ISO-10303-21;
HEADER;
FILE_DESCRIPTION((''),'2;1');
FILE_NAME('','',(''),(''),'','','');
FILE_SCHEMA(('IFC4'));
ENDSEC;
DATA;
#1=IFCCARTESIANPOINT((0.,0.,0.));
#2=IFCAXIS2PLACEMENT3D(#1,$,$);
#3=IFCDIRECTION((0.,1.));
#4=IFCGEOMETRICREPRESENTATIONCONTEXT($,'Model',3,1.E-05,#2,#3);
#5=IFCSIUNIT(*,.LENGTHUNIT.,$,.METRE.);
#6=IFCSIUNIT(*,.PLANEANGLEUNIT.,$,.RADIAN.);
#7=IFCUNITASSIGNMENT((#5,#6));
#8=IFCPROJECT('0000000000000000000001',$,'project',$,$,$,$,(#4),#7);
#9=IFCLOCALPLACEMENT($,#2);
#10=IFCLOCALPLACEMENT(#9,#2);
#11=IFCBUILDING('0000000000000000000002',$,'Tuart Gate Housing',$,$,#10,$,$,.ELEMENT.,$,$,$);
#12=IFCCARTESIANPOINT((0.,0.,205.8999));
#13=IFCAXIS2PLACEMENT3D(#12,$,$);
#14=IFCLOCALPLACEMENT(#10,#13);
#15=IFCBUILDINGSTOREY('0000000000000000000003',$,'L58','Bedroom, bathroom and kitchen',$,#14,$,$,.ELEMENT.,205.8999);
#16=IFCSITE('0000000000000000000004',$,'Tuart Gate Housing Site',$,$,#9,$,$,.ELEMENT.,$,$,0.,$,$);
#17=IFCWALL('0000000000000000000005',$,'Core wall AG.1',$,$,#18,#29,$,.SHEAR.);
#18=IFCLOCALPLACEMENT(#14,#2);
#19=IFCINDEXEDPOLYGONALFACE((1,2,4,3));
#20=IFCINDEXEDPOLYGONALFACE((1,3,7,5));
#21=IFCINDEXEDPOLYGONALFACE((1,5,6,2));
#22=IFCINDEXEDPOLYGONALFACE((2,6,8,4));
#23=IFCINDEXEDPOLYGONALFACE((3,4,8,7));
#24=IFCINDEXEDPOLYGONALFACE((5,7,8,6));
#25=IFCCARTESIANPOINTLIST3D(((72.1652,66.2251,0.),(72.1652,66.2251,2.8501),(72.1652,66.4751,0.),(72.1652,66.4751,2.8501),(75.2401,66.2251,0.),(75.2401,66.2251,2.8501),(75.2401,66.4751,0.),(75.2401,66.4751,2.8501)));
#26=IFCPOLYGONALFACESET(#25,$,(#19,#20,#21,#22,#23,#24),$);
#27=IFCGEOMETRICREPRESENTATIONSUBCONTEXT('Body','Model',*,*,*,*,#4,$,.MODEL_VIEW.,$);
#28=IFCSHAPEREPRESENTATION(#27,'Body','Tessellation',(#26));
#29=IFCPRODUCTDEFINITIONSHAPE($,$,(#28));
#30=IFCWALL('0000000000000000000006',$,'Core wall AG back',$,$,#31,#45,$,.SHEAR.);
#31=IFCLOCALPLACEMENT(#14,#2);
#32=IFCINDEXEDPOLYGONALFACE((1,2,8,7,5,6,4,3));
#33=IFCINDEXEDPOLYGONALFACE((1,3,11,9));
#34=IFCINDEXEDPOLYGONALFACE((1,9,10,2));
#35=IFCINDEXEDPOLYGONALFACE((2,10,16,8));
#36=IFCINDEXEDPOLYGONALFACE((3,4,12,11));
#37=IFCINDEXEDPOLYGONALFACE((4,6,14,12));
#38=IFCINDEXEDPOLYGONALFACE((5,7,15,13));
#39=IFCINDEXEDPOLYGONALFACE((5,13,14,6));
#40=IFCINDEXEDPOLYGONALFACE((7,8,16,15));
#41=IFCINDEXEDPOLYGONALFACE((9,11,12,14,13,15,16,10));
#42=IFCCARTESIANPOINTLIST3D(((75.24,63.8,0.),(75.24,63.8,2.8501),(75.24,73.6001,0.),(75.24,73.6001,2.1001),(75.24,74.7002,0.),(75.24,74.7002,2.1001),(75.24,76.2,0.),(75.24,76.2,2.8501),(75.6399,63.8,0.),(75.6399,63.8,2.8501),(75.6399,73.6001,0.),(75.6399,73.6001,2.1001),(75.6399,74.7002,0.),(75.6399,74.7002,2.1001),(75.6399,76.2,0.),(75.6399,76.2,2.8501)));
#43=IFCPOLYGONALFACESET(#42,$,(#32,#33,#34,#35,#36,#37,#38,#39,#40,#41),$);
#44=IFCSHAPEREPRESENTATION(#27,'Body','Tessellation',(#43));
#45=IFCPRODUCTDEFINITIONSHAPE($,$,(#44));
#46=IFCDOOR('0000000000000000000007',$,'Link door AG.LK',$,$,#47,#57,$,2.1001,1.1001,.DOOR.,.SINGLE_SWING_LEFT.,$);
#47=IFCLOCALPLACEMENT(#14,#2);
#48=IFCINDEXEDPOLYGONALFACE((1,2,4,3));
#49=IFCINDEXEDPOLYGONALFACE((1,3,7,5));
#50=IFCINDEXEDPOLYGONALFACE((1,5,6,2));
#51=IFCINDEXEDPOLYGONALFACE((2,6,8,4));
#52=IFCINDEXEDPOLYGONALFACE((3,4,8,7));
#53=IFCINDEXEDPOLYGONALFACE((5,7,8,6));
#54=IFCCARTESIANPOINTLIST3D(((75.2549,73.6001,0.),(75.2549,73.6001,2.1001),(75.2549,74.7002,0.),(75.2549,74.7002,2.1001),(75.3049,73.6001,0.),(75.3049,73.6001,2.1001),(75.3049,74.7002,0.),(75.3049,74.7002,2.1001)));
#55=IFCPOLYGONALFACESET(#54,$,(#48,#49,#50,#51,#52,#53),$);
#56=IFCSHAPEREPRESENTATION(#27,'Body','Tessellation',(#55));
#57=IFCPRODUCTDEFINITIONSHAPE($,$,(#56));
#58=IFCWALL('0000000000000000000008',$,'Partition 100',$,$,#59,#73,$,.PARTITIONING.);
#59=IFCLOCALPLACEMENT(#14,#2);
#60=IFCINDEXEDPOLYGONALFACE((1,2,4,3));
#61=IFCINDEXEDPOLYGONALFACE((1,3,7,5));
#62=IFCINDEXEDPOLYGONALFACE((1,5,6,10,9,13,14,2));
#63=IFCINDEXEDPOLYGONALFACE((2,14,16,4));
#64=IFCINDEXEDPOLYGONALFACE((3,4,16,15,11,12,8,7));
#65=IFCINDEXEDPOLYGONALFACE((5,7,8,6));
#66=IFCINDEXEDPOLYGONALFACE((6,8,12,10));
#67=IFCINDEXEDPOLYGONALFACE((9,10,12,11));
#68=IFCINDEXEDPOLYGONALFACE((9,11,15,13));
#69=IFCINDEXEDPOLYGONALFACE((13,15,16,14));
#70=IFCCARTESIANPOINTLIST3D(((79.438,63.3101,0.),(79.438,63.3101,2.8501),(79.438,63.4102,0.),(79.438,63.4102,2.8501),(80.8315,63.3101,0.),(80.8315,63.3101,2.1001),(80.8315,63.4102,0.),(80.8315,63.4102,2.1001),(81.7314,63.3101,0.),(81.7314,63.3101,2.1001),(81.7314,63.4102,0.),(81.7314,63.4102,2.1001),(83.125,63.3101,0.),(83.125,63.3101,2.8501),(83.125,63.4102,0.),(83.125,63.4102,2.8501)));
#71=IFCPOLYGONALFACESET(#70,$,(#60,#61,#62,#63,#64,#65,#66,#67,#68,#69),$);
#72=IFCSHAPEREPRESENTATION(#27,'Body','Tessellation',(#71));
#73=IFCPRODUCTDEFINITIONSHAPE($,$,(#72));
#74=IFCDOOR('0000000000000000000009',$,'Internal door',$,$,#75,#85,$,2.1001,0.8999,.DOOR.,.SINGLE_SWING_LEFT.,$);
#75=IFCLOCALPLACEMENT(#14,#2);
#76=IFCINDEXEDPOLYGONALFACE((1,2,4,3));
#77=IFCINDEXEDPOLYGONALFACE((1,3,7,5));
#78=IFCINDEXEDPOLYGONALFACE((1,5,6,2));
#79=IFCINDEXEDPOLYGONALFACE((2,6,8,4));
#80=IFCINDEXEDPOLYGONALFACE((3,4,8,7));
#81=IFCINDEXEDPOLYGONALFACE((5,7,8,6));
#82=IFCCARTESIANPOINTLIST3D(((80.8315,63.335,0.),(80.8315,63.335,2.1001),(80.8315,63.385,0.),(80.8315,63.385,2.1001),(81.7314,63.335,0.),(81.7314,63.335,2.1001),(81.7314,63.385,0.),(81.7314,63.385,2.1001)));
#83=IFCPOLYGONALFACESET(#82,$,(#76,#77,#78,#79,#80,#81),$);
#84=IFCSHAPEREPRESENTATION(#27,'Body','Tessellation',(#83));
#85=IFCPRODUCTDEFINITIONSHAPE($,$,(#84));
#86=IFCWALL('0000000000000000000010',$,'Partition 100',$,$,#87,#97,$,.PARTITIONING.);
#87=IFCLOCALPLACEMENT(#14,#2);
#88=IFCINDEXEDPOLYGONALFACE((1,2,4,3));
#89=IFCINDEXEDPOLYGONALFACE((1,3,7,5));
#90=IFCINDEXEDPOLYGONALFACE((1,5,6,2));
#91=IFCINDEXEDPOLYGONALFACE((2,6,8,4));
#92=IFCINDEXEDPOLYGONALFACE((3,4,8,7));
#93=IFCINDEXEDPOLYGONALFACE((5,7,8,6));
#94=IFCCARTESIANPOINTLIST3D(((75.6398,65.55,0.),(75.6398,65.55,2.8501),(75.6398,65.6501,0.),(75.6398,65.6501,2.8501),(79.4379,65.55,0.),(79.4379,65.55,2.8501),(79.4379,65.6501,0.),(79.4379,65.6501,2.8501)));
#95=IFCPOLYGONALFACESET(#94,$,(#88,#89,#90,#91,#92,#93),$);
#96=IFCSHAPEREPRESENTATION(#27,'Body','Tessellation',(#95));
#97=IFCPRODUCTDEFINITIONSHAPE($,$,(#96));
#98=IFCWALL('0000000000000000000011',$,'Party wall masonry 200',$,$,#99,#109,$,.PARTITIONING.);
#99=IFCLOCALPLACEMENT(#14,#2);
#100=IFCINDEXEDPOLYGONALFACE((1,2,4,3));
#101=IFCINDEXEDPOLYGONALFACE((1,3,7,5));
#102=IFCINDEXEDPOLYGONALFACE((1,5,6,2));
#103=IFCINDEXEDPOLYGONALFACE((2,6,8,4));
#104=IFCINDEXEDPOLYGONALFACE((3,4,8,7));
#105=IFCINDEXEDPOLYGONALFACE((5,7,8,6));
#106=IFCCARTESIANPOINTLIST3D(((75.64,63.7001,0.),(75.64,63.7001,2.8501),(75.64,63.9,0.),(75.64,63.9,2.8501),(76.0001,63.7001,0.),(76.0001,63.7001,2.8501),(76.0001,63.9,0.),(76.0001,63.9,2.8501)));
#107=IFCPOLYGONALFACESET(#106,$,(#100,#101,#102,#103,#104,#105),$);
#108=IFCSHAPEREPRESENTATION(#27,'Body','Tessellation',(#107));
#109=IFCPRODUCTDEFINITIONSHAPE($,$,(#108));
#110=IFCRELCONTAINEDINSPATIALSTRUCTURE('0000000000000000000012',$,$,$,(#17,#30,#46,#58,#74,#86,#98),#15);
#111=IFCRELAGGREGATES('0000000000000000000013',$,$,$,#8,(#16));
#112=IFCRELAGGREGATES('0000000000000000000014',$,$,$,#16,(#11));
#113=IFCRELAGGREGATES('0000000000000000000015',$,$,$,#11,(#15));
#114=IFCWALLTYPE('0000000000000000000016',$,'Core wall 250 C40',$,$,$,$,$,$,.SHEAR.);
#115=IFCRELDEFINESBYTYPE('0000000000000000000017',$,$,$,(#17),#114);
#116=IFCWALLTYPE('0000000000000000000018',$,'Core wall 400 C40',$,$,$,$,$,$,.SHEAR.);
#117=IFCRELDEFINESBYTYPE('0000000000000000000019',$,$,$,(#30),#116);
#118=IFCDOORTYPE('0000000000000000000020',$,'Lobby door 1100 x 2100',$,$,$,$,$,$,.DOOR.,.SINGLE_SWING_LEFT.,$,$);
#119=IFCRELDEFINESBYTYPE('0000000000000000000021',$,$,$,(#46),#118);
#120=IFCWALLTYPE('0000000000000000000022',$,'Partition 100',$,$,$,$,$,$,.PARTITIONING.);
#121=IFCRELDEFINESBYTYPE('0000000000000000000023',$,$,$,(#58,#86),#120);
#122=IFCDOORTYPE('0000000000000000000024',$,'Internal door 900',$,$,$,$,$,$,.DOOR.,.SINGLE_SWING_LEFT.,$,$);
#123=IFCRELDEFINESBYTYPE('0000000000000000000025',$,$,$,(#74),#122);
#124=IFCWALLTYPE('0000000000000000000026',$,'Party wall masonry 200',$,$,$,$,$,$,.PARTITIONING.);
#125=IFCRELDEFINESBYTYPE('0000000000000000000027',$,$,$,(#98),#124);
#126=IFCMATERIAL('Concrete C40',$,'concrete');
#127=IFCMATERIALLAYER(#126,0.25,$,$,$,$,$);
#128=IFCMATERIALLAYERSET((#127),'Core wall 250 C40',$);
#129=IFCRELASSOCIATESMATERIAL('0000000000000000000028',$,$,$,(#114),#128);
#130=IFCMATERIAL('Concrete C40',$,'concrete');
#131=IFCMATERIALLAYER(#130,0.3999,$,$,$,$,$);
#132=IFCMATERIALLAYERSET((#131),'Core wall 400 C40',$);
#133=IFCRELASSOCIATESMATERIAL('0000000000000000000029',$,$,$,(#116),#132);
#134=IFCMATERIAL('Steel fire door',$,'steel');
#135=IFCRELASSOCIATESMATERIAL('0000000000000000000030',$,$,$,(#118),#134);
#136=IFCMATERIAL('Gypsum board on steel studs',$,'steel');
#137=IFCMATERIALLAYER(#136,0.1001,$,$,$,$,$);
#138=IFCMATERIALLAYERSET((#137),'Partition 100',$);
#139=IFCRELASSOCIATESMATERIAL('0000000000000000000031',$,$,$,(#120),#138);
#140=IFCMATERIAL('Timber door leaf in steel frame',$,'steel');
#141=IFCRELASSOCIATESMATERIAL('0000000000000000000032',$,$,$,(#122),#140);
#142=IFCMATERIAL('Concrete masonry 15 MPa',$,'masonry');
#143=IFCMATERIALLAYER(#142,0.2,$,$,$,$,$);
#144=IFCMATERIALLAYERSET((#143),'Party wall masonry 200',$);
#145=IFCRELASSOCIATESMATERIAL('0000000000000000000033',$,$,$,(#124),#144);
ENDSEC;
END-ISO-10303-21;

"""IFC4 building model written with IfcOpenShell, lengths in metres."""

from ifc_helpers import new_model, si_unit, direction, frame, frame_2d, origin, place, context, subcontext, project, spatial, rectangle, extrude, material, layer, layer_set, type_object, element, fill, save


model = new_model("IFC4")

# Units and contexts
model_context = context("Model", 3, precision=1e-05, world=origin(), true_north=direction((0.0, 1.0)))
body_context = subcontext(model_context, "Body", "Model", "MODEL_VIEW")
ifc_project = project(units=[si_unit("LENGTHUNIT", "METRE"), si_unit("PLANEANGLEUNIT", "RADIAN")], contexts=[model_context])

# Site, building, storey
site_placement = place(None, origin())
site = spatial("IfcSite", under=ifc_project, at=site_placement, Name="Tuart Gate Housing Site", CompositionType="ELEMENT", RefElevation=0.0)
building_placement = place(site_placement, origin())
building = spatial("IfcBuilding", under=site, at=building_placement, Name="Tuart Gate Housing", CompositionType="ELEMENT")
storey_placement = place(building_placement, frame((0.0, 0.0, 205.8999)))
storey = spatial("IfcBuildingStorey", under=building, at=storey_placement, Name="L58", Description="Bedroom, bathroom and kitchen", CompositionType="ELEMENT", Elevation=205.8999)

# Wall
ifc_material_1 = material(Name="Concrete C40", Category="concrete")
ifc_layer_1 = layer(ifc_material_1, 0.25)
ifc_layer_set_1 = layer_set([ifc_layer_1], Name="Core wall 250 C40")
wall_type_1 = type_object("IfcWallType", Name="Core wall 250 C40", PredefinedType="SHEAR", material=ifc_layer_set_1)
wall_1_placement = place(storey_placement, frame((72.165, 66.3501, 0.0), z_axis=(0.0, 0.0, 1.0), x_axis=(1.0, 0.0, 0.0)))
element("IfcWall", 1, at=wall_1_placement, inside=storey, type_object=wall_type_1, Name="Core wall AG.1", PredefinedType="SHEAR", context=body_context, shape_type="SweptSolid", body=[
    extrude(rectangle(XDim=3.075, YDim=0.25, at=frame_2d((1.5376, 0.0))), origin(), (0.0, 0.0, 1.0), 2.8501),
])

# Walls, openings, doors
ifc_material_2 = material(Name="Concrete C40", Category="concrete")
ifc_layer_2 = layer(ifc_material_2, 0.3999)
ifc_layer_set_2 = layer_set([ifc_layer_2], Name="Core wall 400 C40")
wall_type_2 = type_object("IfcWallType", Name="Core wall 400 C40", PredefinedType="SHEAR", material=ifc_layer_set_2)
wall_2_placement = place(storey_placement, frame((75.4399, 63.8, 0.0), z_axis=(0.0, 0.0, 1.0), x_axis=(0.0, 1.0, 0.0)))
wall_2 = element("IfcWall", 2, at=wall_2_placement, inside=storey, type_object=wall_type_2, Name="Core wall AG back", PredefinedType="SHEAR", context=body_context, shape_type="SweptSolid", body=[
    extrude(rectangle(XDim=12.3999, YDim=0.3999, at=frame_2d((6.2, 0.0))), origin(), (0.0, 0.0, 1.0), 2.8501),
])
opening_1_placement = place(wall_2_placement, frame((9.8, 0.0, 0.0)))
opening_1 = element("IfcOpeningElement", 3, at=opening_1_placement, cuts=wall_2, PredefinedType="OPENING", context=body_context, shape_type="SweptSolid", body=[
    extrude(rectangle(XDim=1.1001, YDim=2.1001, at=frame_2d((0.55, 1.05))), frame((0.0, 0.21, 0.0), z_axis=(0.0, -1.0, 0.0), x_axis=(1.0, 0.0, 0.0)), (0.0, 0.0, 1.0), 0.4199),
])
ifc_material_3 = material(Name="Steel fire door", Category="steel")
door_type_1 = type_object("IfcDoorType", Name="Lobby door 1100 x 2100", OperationType="SINGLE_SWING_LEFT", PredefinedType="DOOR", material=ifc_material_3)
door_1_placement = place(opening_1_placement, origin())
door_1 = element("IfcDoor", 4, at=door_1_placement, inside=storey, type_object=door_type_1, Name="Link door AG.LK", OperationType="SINGLE_SWING_LEFT", OverallHeight=2.1001, OverallWidth=1.1001, PredefinedType="DOOR", context=body_context, shape_type="SweptSolid", body=[
    extrude(rectangle(XDim=1.1001, YDim=2.1001, at=frame_2d((0.55, 1.05))), frame((0.0, 0.1851, 0.0), z_axis=(0.0, -1.0, 0.0), x_axis=(1.0, 0.0, 0.0)), (0.0, 0.0, 1.0), 0.05),
])
fill(opening_1, door_1)
ifc_material_4 = material(Name="Gypsum board on steel studs", Category="steel")
ifc_layer_3 = layer(ifc_material_4, 0.1001)
ifc_layer_set_3 = layer_set([ifc_layer_3], Name="Partition 100")
wall_type_3 = type_object("IfcWallType", Name="Partition 100", PredefinedType="PARTITIONING", material=ifc_layer_set_3)
wall_3_placement = place(storey_placement, frame((79.438, 63.3601, 0.0), z_axis=(0.0, 0.0, 1.0), x_axis=(1.0, 0.0, 0.0)))
wall_3 = element("IfcWall", 5, at=wall_3_placement, inside=storey, type_object=wall_type_3, Name="Partition 100", PredefinedType="PARTITIONING", context=body_context, shape_type="SweptSolid", body=[
    extrude(rectangle(XDim=3.687, YDim=0.1001, at=frame_2d((1.8435, 0.0))), origin(), (0.0, 0.0, 1.0), 2.8501),
])
opening_2_placement = place(wall_3_placement, frame((1.3936, 0.0, 0.0)))
opening_2 = element("IfcOpeningElement", 6, at=opening_2_placement, cuts=wall_3, PredefinedType="OPENING", context=body_context, shape_type="SweptSolid", body=[
    extrude(rectangle(XDim=0.8999, YDim=2.1001, at=frame_2d((0.45, 1.05))), frame((0.0, 0.0601, 0.0), z_axis=(0.0, -1.0, 0.0), x_axis=(1.0, 0.0, 0.0)), (0.0, 0.0, 1.0), 0.1201),
])
ifc_material_5 = material(Name="Timber door leaf in steel frame", Category="steel")
door_type_2 = type_object("IfcDoorType", Name="Internal door 900", OperationType="SINGLE_SWING_LEFT", PredefinedType="DOOR", material=ifc_material_5)
door_2_placement = place(opening_2_placement, origin())
door_2 = element("IfcDoor", 7, at=door_2_placement, inside=storey, type_object=door_type_2, Name="Internal door", OperationType="SINGLE_SWING_LEFT", OverallHeight=2.1001, OverallWidth=0.8999, PredefinedType="DOOR", context=body_context, shape_type="SweptSolid", body=[
    extrude(rectangle(XDim=0.8999, YDim=2.1001, at=frame_2d((0.45, 1.05))), frame((0.0, 0.0249, 0.0), z_axis=(0.0, -1.0, 0.0), x_axis=(1.0, 0.0, 0.0)), (0.0, 0.0, 1.0), 0.05),
])
fill(opening_2, door_2)

# Walls
wall_4_placement = place(storey_placement, frame((75.6399, 65.6001, 0.0), z_axis=(0.0, 0.0, 1.0), x_axis=(1.0, 0.0, 0.0)))
element("IfcWall", 8, at=wall_4_placement, inside=storey, type_object=wall_type_3, Name="Partition 100", PredefinedType="PARTITIONING", context=body_context, shape_type="SweptSolid", body=[
    extrude(rectangle(XDim=3.7981, YDim=0.1001, at=frame_2d((1.8989, 0.0))), origin(), (0.0, 0.0, 1.0), 2.8501),
])
ifc_material_6 = material(Name="Concrete masonry 15 MPa", Category="masonry")
ifc_layer_4 = layer(ifc_material_6, 0.2)
ifc_layer_set_4 = layer_set([ifc_layer_4], Name="Party wall masonry 200")
wall_type_4 = type_object("IfcWallType", Name="Party wall masonry 200", PredefinedType="PARTITIONING", material=ifc_layer_set_4)
wall_5_placement = place(storey_placement, frame((75.6399, 63.8, 0.0), z_axis=(0.0, 0.0, 1.0), x_axis=(1.0, 0.0, 0.0)))
element("IfcWall", 9, at=wall_5_placement, inside=storey, type_object=wall_type_4, Name="Party wall masonry 200", PredefinedType="PARTITIONING", context=body_context, shape_type="SweptSolid", body=[
    extrude(rectangle(XDim=0.3601, YDim=0.2, at=frame_2d((0.1802, 0.0))), origin(), (0.0, 0.0, 1.0), 2.8501),
])

save(model, "model.ifc")
